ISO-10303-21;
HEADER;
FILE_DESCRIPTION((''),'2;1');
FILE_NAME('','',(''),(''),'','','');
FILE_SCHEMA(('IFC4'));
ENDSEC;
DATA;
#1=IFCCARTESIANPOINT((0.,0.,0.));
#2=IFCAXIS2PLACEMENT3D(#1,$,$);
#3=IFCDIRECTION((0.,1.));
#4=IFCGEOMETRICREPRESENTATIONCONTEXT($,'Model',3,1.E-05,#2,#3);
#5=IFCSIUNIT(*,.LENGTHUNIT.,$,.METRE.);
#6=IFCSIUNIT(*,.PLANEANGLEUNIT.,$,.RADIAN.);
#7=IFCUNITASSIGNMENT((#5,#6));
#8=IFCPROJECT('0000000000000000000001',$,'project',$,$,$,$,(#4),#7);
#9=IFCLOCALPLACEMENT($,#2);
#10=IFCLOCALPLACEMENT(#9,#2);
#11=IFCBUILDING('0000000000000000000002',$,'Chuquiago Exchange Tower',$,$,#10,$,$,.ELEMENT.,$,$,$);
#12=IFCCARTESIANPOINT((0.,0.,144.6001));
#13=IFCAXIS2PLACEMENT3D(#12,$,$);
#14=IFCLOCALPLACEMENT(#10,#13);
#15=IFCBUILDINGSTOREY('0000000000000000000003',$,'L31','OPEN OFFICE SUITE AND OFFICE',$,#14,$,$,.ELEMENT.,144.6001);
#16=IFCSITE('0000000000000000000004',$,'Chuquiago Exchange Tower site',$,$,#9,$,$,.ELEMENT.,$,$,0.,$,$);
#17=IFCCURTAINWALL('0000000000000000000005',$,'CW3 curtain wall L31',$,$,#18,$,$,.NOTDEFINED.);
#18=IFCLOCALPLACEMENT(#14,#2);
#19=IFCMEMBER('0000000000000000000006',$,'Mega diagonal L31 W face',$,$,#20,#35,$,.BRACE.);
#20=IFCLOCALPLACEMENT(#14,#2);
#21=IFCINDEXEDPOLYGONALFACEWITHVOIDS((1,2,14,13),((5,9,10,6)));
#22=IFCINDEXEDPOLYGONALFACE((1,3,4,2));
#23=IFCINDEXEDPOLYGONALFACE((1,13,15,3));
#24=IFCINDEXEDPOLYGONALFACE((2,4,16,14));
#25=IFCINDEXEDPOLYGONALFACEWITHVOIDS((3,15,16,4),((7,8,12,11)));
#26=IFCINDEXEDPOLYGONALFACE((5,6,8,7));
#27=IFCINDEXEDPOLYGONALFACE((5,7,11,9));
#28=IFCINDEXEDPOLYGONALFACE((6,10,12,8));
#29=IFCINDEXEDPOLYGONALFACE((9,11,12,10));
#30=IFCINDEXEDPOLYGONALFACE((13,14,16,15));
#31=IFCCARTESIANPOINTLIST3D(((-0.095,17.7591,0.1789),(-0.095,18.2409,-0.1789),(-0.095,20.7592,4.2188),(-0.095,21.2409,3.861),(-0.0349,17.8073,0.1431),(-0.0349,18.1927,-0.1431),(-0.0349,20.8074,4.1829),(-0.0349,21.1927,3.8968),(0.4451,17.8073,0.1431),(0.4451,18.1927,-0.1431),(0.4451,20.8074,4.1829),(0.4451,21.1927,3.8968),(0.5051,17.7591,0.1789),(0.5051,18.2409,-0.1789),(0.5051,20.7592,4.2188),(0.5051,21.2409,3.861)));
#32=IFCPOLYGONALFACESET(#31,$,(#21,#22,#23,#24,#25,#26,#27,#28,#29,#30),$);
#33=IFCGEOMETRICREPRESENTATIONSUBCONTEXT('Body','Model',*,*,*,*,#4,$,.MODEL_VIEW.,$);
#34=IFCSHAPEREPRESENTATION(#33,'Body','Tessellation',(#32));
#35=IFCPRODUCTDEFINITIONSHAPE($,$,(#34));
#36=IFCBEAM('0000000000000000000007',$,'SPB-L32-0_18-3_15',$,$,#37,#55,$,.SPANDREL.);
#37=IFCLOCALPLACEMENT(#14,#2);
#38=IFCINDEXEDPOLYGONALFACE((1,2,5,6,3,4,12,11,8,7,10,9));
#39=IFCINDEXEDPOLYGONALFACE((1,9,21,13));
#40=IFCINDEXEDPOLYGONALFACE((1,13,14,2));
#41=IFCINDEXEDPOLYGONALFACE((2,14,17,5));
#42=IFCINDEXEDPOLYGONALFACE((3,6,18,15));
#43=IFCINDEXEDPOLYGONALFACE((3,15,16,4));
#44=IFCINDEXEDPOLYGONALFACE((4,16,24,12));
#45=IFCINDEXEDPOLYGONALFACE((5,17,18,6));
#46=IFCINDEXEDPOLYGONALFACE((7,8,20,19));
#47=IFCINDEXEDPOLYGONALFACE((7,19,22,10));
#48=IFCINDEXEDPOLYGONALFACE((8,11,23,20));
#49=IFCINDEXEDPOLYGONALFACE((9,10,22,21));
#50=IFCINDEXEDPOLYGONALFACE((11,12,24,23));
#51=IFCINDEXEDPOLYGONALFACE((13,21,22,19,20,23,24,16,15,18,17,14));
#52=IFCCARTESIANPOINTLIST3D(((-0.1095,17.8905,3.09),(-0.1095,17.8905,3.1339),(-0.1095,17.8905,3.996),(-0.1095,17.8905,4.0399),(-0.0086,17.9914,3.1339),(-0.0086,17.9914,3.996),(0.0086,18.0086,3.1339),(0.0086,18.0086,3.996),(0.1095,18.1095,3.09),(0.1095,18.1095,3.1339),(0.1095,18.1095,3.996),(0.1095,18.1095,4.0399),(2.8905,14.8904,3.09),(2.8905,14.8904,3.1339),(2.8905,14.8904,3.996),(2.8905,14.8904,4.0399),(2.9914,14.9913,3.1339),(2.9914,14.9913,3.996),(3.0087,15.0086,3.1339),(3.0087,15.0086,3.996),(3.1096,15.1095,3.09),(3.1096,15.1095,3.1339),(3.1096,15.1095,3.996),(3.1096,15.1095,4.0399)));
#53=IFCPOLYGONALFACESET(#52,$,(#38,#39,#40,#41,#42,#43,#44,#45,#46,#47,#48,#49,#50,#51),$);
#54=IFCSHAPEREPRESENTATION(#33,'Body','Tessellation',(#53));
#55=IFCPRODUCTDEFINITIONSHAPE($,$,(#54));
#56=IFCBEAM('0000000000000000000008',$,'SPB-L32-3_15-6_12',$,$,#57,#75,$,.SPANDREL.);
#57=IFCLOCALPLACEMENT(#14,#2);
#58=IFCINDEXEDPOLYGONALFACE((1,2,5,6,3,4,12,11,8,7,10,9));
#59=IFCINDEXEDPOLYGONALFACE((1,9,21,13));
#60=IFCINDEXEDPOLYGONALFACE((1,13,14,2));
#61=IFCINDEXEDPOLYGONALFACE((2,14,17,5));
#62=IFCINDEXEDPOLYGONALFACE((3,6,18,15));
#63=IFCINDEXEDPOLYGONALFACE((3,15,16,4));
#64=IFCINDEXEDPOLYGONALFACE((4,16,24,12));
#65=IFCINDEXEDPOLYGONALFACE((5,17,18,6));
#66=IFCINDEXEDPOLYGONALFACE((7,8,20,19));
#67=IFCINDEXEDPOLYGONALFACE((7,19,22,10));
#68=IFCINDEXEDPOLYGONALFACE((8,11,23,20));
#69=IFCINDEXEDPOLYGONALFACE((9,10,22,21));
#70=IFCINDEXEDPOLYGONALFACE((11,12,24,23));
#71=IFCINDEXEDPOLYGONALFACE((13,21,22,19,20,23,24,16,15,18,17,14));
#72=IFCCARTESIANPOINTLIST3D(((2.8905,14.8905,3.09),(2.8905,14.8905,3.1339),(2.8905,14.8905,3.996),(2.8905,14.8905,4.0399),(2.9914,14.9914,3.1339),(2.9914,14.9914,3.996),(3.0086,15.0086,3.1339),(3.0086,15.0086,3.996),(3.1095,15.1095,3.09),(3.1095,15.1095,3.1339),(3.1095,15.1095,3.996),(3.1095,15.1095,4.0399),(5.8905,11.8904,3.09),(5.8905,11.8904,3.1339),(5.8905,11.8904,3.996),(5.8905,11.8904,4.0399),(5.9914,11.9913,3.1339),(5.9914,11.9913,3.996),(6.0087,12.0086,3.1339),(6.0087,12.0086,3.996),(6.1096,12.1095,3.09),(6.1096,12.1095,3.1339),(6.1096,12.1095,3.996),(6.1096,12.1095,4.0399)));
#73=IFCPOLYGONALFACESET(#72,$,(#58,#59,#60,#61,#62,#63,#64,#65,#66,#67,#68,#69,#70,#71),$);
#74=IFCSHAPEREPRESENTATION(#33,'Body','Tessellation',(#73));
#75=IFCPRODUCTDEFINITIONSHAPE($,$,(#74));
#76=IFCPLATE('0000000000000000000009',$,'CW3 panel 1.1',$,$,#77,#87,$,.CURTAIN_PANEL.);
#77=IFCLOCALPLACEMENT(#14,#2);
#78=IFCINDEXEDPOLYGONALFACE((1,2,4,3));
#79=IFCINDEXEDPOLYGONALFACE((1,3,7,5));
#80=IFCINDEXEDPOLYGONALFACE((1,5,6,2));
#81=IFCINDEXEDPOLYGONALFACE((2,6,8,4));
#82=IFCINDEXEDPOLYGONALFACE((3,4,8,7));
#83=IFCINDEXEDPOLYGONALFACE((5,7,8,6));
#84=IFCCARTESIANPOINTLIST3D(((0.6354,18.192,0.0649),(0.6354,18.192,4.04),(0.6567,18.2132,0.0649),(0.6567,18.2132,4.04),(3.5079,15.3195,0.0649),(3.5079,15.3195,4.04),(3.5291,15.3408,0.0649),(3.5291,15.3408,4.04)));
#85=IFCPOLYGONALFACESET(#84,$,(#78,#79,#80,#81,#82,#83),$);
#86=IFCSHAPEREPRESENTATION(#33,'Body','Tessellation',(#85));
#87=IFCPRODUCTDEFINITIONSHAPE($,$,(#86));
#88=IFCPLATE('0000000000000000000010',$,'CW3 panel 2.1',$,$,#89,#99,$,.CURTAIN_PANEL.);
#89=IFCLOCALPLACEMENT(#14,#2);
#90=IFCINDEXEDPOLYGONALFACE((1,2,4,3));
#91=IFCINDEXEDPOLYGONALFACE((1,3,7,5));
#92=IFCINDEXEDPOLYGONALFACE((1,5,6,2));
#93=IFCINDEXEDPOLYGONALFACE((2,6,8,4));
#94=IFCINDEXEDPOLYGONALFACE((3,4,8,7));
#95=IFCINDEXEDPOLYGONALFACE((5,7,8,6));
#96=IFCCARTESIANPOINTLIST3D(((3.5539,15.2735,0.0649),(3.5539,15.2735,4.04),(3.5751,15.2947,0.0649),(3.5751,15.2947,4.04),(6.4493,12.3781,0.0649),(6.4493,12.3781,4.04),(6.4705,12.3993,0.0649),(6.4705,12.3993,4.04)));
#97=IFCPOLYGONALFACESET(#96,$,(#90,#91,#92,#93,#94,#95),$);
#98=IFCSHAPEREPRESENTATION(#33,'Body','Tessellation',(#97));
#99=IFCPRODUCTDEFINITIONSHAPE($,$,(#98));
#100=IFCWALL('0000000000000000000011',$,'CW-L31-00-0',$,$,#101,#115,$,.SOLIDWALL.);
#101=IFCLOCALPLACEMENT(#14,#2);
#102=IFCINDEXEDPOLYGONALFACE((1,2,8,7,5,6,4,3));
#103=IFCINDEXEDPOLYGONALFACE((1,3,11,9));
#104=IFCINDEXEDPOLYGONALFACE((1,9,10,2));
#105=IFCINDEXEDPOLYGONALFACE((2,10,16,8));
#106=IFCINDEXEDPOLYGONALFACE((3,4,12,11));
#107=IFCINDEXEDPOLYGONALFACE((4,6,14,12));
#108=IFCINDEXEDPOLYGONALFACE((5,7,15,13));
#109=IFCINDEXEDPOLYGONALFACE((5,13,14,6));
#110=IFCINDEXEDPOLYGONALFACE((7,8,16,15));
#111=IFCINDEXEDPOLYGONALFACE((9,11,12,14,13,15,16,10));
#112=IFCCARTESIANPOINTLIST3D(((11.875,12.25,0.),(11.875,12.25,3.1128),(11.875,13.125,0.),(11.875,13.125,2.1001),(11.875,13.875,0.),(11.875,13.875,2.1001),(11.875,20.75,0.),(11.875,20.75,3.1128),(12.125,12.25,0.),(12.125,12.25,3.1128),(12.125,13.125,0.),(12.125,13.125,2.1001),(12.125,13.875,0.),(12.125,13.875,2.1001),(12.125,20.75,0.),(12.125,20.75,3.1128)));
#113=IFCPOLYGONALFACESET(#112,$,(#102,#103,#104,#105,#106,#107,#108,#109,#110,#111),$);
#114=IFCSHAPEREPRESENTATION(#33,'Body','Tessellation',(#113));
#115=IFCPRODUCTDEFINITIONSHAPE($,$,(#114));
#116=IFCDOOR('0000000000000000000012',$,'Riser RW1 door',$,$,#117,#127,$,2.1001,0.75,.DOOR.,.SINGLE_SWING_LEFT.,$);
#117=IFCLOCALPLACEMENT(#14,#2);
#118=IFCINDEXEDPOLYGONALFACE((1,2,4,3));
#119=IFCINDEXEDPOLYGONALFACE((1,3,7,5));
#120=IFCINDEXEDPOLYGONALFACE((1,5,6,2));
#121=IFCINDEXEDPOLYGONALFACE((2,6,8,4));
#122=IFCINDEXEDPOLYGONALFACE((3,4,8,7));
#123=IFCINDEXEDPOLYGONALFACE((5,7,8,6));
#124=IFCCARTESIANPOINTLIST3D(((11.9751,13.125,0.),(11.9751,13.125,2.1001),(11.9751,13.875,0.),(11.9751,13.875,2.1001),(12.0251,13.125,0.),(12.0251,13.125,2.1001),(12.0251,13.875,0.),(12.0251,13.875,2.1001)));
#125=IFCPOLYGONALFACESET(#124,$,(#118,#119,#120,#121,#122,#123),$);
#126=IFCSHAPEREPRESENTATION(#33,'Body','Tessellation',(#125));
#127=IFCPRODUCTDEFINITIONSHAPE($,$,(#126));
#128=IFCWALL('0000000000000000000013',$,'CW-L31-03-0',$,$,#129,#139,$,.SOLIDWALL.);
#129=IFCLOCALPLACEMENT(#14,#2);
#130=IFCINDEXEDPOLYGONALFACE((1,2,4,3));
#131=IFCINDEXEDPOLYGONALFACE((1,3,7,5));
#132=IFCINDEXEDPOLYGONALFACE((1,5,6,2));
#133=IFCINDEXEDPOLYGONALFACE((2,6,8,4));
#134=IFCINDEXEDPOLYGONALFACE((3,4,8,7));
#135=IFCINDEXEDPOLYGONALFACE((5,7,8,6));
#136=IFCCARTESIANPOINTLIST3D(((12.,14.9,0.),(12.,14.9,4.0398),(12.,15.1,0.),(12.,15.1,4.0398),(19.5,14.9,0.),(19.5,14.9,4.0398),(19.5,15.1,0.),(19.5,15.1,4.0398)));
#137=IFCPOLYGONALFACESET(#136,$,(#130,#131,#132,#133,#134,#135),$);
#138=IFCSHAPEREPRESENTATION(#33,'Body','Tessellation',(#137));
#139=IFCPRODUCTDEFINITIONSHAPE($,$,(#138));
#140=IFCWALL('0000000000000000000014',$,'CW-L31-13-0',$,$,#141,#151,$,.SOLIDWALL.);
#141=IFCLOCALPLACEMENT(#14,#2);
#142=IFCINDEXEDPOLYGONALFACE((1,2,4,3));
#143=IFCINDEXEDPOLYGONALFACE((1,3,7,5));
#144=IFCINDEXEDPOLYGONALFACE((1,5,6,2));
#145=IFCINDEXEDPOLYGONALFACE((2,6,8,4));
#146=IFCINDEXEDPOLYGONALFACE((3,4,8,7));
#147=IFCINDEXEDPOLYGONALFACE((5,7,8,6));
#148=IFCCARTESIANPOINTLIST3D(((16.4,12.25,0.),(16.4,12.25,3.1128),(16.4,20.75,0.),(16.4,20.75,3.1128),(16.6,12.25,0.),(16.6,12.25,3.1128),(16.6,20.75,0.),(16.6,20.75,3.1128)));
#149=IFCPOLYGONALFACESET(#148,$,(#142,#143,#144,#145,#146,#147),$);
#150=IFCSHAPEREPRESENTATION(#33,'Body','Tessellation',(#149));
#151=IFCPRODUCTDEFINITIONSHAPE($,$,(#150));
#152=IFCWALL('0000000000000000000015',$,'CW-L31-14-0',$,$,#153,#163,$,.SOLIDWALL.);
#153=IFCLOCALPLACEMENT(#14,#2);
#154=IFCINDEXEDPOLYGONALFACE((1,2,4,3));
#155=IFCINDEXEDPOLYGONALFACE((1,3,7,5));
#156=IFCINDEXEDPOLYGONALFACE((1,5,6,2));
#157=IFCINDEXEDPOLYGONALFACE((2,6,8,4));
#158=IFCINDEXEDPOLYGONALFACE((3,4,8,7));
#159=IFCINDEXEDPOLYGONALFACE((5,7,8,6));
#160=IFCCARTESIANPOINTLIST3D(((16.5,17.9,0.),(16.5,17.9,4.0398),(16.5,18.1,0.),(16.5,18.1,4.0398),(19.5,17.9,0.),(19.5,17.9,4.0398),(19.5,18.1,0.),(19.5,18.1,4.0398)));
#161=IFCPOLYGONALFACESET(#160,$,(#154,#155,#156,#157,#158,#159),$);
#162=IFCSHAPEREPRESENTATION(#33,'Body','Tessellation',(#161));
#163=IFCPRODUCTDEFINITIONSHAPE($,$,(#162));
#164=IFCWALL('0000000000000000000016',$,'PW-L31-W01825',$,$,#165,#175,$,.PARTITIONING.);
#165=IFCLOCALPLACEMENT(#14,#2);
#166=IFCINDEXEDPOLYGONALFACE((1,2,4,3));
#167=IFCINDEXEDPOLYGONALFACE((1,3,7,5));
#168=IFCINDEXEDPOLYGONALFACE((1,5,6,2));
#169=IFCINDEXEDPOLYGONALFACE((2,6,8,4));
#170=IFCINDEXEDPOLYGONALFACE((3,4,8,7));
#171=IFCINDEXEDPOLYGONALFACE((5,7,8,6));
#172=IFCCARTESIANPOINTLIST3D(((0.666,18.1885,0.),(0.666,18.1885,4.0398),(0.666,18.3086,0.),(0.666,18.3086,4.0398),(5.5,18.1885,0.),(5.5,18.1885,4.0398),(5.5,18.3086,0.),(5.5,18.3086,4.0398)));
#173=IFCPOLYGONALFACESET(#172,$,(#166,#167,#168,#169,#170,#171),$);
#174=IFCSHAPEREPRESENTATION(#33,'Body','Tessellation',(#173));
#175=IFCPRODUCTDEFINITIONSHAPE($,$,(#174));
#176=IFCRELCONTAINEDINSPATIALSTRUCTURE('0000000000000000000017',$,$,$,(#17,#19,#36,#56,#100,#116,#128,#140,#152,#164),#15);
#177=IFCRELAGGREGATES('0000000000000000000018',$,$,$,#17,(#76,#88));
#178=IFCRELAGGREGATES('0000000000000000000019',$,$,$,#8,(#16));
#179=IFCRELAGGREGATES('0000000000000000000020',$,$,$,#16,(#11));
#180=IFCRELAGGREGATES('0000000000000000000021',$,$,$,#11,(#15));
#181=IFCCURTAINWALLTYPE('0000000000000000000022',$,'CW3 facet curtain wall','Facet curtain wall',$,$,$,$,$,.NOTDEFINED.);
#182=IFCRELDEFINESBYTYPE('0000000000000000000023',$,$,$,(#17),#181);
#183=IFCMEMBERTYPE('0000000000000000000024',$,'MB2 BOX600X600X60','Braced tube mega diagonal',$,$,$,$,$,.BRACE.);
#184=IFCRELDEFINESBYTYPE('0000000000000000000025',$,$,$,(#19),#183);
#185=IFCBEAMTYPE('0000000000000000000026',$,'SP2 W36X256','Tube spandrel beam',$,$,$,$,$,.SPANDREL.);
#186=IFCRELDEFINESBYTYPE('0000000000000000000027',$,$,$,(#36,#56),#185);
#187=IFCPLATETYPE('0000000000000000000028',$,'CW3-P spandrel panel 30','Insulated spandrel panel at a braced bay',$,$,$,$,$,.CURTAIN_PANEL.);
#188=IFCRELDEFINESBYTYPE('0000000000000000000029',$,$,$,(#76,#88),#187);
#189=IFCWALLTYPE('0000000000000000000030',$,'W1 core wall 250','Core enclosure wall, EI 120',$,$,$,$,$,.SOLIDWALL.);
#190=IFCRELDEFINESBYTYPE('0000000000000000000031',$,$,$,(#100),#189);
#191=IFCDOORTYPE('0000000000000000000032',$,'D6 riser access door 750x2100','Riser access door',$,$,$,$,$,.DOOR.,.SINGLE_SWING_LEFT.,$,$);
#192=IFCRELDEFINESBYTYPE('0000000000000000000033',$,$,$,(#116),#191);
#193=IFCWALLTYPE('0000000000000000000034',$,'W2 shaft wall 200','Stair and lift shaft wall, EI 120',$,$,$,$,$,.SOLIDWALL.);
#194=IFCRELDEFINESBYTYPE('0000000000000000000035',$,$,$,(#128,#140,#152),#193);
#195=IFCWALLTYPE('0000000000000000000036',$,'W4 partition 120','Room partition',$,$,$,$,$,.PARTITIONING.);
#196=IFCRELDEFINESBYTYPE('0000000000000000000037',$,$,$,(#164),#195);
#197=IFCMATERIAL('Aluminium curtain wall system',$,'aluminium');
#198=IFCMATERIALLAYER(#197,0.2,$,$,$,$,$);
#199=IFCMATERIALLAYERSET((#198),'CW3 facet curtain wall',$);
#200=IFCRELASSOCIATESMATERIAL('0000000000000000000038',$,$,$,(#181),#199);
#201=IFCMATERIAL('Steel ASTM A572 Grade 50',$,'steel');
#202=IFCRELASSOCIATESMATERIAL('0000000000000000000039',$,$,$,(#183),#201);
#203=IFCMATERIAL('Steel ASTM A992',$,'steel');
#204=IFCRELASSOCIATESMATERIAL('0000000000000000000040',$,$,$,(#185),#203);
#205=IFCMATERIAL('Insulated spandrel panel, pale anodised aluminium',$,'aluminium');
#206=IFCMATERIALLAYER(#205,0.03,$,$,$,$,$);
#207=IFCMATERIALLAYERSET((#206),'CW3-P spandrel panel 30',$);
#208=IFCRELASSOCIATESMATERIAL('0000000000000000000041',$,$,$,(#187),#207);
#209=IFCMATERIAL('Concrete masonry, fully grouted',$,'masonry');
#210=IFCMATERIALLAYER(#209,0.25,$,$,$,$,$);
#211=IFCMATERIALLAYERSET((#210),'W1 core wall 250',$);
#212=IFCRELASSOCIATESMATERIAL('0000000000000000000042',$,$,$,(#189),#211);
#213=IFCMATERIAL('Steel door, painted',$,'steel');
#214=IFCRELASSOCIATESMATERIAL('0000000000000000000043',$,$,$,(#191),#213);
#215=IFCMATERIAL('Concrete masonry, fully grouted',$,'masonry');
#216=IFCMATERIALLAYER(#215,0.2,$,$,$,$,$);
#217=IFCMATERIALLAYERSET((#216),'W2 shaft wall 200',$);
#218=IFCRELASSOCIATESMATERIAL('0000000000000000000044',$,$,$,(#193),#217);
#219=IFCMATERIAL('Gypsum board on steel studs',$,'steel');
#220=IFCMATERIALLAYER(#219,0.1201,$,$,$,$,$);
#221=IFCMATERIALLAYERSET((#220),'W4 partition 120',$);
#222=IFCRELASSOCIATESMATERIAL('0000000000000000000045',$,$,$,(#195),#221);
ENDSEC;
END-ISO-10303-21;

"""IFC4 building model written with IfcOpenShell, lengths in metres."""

from ifc_helpers import new_model, si_unit, direction, frame, frame_2d, origin, origin_2d, place, context, subcontext, project, spatial, rectangle, hollow_rectangle, i_section, extrude, material, layer, layer_set, material_profile, profile_set, type_object, element, fill, aggregate, save


model = new_model("IFC4")

# Units and contexts
model_context = context("Model", 3, precision=1e-05, world=origin(), true_north=direction((0.0, 1.0)))
body_context = subcontext(model_context, "Body", "Model", "MODEL_VIEW")
ifc_project = project(units=[si_unit("LENGTHUNIT", "METRE"), si_unit("PLANEANGLEUNIT", "RADIAN")], contexts=[model_context])

# Site, building, storey
site_placement = place(None, origin())
site = spatial("IfcSite", under=ifc_project, at=site_placement, Name="Chuquiago Exchange Tower site", CompositionType="ELEMENT", RefElevation=0.0)
building_placement = place(site_placement, origin())
building = spatial("IfcBuilding", under=site, at=building_placement, Name="Chuquiago Exchange Tower", CompositionType="ELEMENT")
storey_placement = place(building_placement, frame((0.0, 0.0, 144.6001)))
storey = spatial("IfcBuildingStorey", under=building, at=storey_placement, Name="L31", Description="OPEN OFFICE SUITE AND OFFICE", CompositionType="ELEMENT", Elevation=144.6001)

# Curtain wall
ifc_material_1 = material(Name="Aluminium curtain wall system", Category="aluminium")
ifc_layer_1 = layer(ifc_material_1, 0.2)
ifc_layer_set_1 = layer_set([ifc_layer_1], Name="CW3 facet curtain wall")
curtain_wall_type_1 = type_object("IfcCurtainWallType", Name="CW3 facet curtain wall", Description="Facet curtain wall", PredefinedType="NOTDEFINED", material=ifc_layer_set_1)
curtain_wall_1_placement = place(storey_placement, origin())
curtain_wall_1 = element("IfcCurtainWall", 1, at=curtain_wall_1_placement, inside=storey, type_object=curtain_wall_type_1, Name="CW3 curtain wall L31", PredefinedType="NOTDEFINED")

# Member
ifc_material_2 = material(Name="Steel ASTM A572 Grade 50", Category="steel")
ifc_material_profile_1 = material_profile(ifc_material_2, hollow_rectangle(XDim=0.6001, YDim=0.6001, WallThickness=0.0601, at=origin_2d()), Name="BOX600X600X60")
ifc_profile_set_1 = profile_set([ifc_material_profile_1], Name="Steel ASTM A572 Grade 50")
member_type_1 = type_object("IfcMemberType", Name="MB2 BOX600X600X60", Description="Braced tube mega diagonal", PredefinedType="BRACE", material=ifc_profile_set_1)
member_1_placement = place(storey_placement, frame((0.2051, 18.0, 0.0), z_axis=(0.0, 0.596197, 0.802838), x_axis=(-1.0, 0.0, 0.0)))
element("IfcMember", 2, at=member_1_placement, inside=storey, type_object=member_type_1, Name="Mega diagonal L31 W face", PredefinedType="BRACE", context=body_context, shape_type="SweptSolid", body=[
    extrude(hollow_rectangle(XDim=0.6001, YDim=0.6001, WallThickness=0.0601, at=origin_2d()), origin(), (0.0, 0.0, 1.0), 5.032),
])

# Beams
ifc_material_3 = material(Name="Steel ASTM A992", Category="steel")
ifc_material_profile_2 = material_profile(ifc_material_3, i_section(OverallWidth=0.3098, OverallDepth=0.95, WebThickness=0.0244, FlangeThickness=0.0439, at=origin_2d()), Name="W36X256")
ifc_profile_set_2 = profile_set([ifc_material_profile_2], Name="Steel ASTM A992")
beam_type_1 = type_object("IfcBeamType", Name="SP2 W36X256", Description="Tube spandrel beam", PredefinedType="SPANDREL", material=ifc_profile_set_2)
for number, where, z_axis, x_axis, name in (
    (3, (0.0, 18.0, 3.5649), (0.707107, -0.707107, 0.0), (0.707107, 0.707107, 0.0), "SPB-L32-0_18-3_15"),
    (4, (3.0, 15.0, 3.5649), (0.707107, -0.707107, 0.0), (0.707107, 0.707107, 0.0), "SPB-L32-3_15-6_12"),
):
    element("IfcBeam", number, at=place(storey_placement, frame(where, z_axis=z_axis, x_axis=x_axis)), inside=storey, type_object=beam_type_1, Name=name, PredefinedType="SPANDREL", context=body_context, shape_type="SweptSolid", body=[
        extrude(i_section(OverallWidth=0.3098, OverallDepth=0.95, WebThickness=0.0244, FlangeThickness=0.0439, at=origin_2d()), origin(), (0.0, 0.0, 1.0), 4.2427),
    ])

# Plates
ifc_material_4 = material(Name="Insulated spandrel panel, pale anodised aluminium", Category="aluminium")
ifc_layer_2 = layer(ifc_material_4, 0.03)
ifc_layer_set_2 = layer_set([ifc_layer_2], Name="CW3-P spandrel panel 30")
plate_type = type_object("IfcPlateType", Name="CW3-P spandrel panel 30", Description="Insulated spandrel panel at a braced bay", PredefinedType="CURTAIN_PANEL", material=ifc_layer_set_2)
plate_1_placement = place(storey_placement, frame((2.0823, 16.7664, 0.0649), z_axis=(0.0, 0.0, 1.0), x_axis=(0.707107, -0.707107, 0.0)))
plate_1 = element("IfcPlate", 5, at=plate_1_placement, type_object=plate_type, Name="CW3 panel 1.1", PredefinedType="CURTAIN_PANEL", context=body_context, shape_type="SweptSolid", body=[
    extrude(rectangle(XDim=4.0623, YDim=0.03, at=origin_2d()), origin(), (0.0, 0.0, 1.0), 3.9751),
])
plate_2_placement = place(storey_placement, frame((5.0122, 13.8364, 0.0649), z_axis=(0.0, 0.0, 1.0), x_axis=(0.707107, -0.707107, 0.0)))
plate_2 = element("IfcPlate", 6, at=plate_2_placement, type_object=plate_type, Name="CW3 panel 2.1", PredefinedType="CURTAIN_PANEL", context=body_context, shape_type="SweptSolid", body=[
    extrude(rectangle(XDim=4.0947, YDim=0.03, at=origin_2d()), origin(), (0.0, 0.0, 1.0), 3.9751),
])
aggregate(curtain_wall_1, [plate_1, plate_2])

# Wall, opening, door
ifc_material_5 = material(Name="Concrete masonry, fully grouted", Category="masonry")
ifc_layer_3 = layer(ifc_material_5, 0.25)
ifc_layer_set_3 = layer_set([ifc_layer_3], Name="W1 core wall 250")
wall_type_1 = type_object("IfcWallType", Name="W1 core wall 250", Description="Core enclosure wall, EI 120", PredefinedType="SOLIDWALL", material=ifc_layer_set_3)
wall_1_placement = place(storey_placement, frame((12.0, 12.25, 0.0), z_axis=(0.0, 0.0, 1.0), x_axis=(0.0, 1.0, 0.0)))
wall_1 = element("IfcWall", 7, at=wall_1_placement, inside=storey, type_object=wall_type_1, Name="CW-L31-00-0", PredefinedType="SOLIDWALL", context=body_context, shape_type="SweptSolid", body=[
    extrude(rectangle(XDim=8.5, YDim=0.25, at=frame_2d((4.25, 0.0))), origin(), (0.0, 0.0, 1.0), 3.1128),
])
opening_1_placement = place(wall_1_placement, frame((0.875, 0.0, 0.0)))
opening_1 = element("IfcOpeningElement", 8, at=opening_1_placement, cuts=wall_1, PredefinedType="OPENING", context=body_context, shape_type="SweptSolid", body=[
    extrude(rectangle(XDim=0.75, YDim=2.1001, at=frame_2d((0.375, 1.05))), frame((0.0, 0.135, 0.0), z_axis=(0.0, -1.0, 0.0), x_axis=(1.0, 0.0, 0.0)), (0.0, 0.0, 1.0), 0.27),
])
ifc_material_6 = material(Name="Steel door, painted", Category="steel")
door_type_1 = type_object("IfcDoorType", Name="D6 riser access door 750x2100", Description="Riser access door", OperationType="SINGLE_SWING_LEFT", PredefinedType="DOOR", material=ifc_material_6)
door_1_placement = place(opening_1_placement, origin())
door_1 = element("IfcDoor", 9, at=door_1_placement, inside=storey, type_object=door_type_1, Name="Riser RW1 door", OperationType="SINGLE_SWING_LEFT", OverallHeight=2.1001, OverallWidth=0.75, PredefinedType="DOOR", context=body_context, shape_type="SweptSolid", body=[
    extrude(rectangle(XDim=0.75, YDim=2.1001, at=frame_2d((0.375, 1.05))), frame((0.0, 0.0249, 0.0), z_axis=(0.0, -1.0, 0.0), x_axis=(1.0, 0.0, 0.0)), (0.0, 0.0, 1.0), 0.05),
])
fill(opening_1, door_1)

# Walls
ifc_material_7 = material(Name="Concrete masonry, fully grouted", Category="masonry")
ifc_layer_4 = layer(ifc_material_7, 0.2)
ifc_layer_set_4 = layer_set([ifc_layer_4], Name="W2 shaft wall 200")
wall_type_2 = type_object("IfcWallType", Name="W2 shaft wall 200", Description="Stair and lift shaft wall, EI 120", PredefinedType="SOLIDWALL", material=ifc_layer_set_4)
wall_2_placement = place(storey_placement, frame((12.0, 15.0, 0.0), z_axis=(0.0, 0.0, 1.0), x_axis=(1.0, 0.0, 0.0)))
element("IfcWall", 10, at=wall_2_placement, inside=storey, type_object=wall_type_2, Name="CW-L31-03-0", PredefinedType="SOLIDWALL", context=body_context, shape_type="SweptSolid", body=[
    extrude(rectangle(XDim=7.5, YDim=0.2, at=frame_2d((3.75, 0.0))), origin(), (0.0, 0.0, 1.0), 4.0398),
])
wall_3_placement = place(storey_placement, frame((16.5, 12.25, 0.0), z_axis=(0.0, 0.0, 1.0), x_axis=(0.0, 1.0, 0.0)))
element("IfcWall", 11, at=wall_3_placement, inside=storey, type_object=wall_type_2, Name="CW-L31-13-0", PredefinedType="SOLIDWALL", context=body_context, shape_type="SweptSolid", body=[
    extrude(rectangle(XDim=8.5, YDim=0.2, at=frame_2d((4.25, 0.0))), origin(), (0.0, 0.0, 1.0), 3.1128),
])
wall_4_placement = place(storey_placement, frame((16.5, 18.0, 0.0), z_axis=(0.0, 0.0, 1.0), x_axis=(1.0, 0.0, 0.0)))
element("IfcWall", 12, at=wall_4_placement, inside=storey, type_object=wall_type_2, Name="CW-L31-14-0", PredefinedType="SOLIDWALL", context=body_context, shape_type="SweptSolid", body=[
    extrude(rectangle(XDim=3.0, YDim=0.2, at=frame_2d((1.5, 0.0))), origin(), (0.0, 0.0, 1.0), 4.0398),
])
ifc_material_8 = material(Name="Gypsum board on steel studs", Category="steel")
ifc_layer_5 = layer(ifc_material_8, 0.1201)
ifc_layer_set_5 = layer_set([ifc_layer_5], Name="W4 partition 120")
wall_type_3 = type_object("IfcWallType", Name="W4 partition 120", Description="Room partition", PredefinedType="PARTITIONING", material=ifc_layer_set_5)
wall_5_placement = place(storey_placement, frame((0.666, 18.2485, 0.0), z_axis=(0.0, 0.0, 1.0), x_axis=(1.0, 0.0, 0.0)))
element("IfcWall", 13, at=wall_5_placement, inside=storey, type_object=wall_type_3, Name="PW-L31-W01825", PredefinedType="PARTITIONING", context=body_context, shape_type="SweptSolid", body=[
    extrude(rectangle(XDim=4.834, YDim=0.1201, at=frame_2d((2.417, 0.0))), origin(), (0.0, 0.0, 1.0), 4.0398),
])

save(model, "model.ifc")
